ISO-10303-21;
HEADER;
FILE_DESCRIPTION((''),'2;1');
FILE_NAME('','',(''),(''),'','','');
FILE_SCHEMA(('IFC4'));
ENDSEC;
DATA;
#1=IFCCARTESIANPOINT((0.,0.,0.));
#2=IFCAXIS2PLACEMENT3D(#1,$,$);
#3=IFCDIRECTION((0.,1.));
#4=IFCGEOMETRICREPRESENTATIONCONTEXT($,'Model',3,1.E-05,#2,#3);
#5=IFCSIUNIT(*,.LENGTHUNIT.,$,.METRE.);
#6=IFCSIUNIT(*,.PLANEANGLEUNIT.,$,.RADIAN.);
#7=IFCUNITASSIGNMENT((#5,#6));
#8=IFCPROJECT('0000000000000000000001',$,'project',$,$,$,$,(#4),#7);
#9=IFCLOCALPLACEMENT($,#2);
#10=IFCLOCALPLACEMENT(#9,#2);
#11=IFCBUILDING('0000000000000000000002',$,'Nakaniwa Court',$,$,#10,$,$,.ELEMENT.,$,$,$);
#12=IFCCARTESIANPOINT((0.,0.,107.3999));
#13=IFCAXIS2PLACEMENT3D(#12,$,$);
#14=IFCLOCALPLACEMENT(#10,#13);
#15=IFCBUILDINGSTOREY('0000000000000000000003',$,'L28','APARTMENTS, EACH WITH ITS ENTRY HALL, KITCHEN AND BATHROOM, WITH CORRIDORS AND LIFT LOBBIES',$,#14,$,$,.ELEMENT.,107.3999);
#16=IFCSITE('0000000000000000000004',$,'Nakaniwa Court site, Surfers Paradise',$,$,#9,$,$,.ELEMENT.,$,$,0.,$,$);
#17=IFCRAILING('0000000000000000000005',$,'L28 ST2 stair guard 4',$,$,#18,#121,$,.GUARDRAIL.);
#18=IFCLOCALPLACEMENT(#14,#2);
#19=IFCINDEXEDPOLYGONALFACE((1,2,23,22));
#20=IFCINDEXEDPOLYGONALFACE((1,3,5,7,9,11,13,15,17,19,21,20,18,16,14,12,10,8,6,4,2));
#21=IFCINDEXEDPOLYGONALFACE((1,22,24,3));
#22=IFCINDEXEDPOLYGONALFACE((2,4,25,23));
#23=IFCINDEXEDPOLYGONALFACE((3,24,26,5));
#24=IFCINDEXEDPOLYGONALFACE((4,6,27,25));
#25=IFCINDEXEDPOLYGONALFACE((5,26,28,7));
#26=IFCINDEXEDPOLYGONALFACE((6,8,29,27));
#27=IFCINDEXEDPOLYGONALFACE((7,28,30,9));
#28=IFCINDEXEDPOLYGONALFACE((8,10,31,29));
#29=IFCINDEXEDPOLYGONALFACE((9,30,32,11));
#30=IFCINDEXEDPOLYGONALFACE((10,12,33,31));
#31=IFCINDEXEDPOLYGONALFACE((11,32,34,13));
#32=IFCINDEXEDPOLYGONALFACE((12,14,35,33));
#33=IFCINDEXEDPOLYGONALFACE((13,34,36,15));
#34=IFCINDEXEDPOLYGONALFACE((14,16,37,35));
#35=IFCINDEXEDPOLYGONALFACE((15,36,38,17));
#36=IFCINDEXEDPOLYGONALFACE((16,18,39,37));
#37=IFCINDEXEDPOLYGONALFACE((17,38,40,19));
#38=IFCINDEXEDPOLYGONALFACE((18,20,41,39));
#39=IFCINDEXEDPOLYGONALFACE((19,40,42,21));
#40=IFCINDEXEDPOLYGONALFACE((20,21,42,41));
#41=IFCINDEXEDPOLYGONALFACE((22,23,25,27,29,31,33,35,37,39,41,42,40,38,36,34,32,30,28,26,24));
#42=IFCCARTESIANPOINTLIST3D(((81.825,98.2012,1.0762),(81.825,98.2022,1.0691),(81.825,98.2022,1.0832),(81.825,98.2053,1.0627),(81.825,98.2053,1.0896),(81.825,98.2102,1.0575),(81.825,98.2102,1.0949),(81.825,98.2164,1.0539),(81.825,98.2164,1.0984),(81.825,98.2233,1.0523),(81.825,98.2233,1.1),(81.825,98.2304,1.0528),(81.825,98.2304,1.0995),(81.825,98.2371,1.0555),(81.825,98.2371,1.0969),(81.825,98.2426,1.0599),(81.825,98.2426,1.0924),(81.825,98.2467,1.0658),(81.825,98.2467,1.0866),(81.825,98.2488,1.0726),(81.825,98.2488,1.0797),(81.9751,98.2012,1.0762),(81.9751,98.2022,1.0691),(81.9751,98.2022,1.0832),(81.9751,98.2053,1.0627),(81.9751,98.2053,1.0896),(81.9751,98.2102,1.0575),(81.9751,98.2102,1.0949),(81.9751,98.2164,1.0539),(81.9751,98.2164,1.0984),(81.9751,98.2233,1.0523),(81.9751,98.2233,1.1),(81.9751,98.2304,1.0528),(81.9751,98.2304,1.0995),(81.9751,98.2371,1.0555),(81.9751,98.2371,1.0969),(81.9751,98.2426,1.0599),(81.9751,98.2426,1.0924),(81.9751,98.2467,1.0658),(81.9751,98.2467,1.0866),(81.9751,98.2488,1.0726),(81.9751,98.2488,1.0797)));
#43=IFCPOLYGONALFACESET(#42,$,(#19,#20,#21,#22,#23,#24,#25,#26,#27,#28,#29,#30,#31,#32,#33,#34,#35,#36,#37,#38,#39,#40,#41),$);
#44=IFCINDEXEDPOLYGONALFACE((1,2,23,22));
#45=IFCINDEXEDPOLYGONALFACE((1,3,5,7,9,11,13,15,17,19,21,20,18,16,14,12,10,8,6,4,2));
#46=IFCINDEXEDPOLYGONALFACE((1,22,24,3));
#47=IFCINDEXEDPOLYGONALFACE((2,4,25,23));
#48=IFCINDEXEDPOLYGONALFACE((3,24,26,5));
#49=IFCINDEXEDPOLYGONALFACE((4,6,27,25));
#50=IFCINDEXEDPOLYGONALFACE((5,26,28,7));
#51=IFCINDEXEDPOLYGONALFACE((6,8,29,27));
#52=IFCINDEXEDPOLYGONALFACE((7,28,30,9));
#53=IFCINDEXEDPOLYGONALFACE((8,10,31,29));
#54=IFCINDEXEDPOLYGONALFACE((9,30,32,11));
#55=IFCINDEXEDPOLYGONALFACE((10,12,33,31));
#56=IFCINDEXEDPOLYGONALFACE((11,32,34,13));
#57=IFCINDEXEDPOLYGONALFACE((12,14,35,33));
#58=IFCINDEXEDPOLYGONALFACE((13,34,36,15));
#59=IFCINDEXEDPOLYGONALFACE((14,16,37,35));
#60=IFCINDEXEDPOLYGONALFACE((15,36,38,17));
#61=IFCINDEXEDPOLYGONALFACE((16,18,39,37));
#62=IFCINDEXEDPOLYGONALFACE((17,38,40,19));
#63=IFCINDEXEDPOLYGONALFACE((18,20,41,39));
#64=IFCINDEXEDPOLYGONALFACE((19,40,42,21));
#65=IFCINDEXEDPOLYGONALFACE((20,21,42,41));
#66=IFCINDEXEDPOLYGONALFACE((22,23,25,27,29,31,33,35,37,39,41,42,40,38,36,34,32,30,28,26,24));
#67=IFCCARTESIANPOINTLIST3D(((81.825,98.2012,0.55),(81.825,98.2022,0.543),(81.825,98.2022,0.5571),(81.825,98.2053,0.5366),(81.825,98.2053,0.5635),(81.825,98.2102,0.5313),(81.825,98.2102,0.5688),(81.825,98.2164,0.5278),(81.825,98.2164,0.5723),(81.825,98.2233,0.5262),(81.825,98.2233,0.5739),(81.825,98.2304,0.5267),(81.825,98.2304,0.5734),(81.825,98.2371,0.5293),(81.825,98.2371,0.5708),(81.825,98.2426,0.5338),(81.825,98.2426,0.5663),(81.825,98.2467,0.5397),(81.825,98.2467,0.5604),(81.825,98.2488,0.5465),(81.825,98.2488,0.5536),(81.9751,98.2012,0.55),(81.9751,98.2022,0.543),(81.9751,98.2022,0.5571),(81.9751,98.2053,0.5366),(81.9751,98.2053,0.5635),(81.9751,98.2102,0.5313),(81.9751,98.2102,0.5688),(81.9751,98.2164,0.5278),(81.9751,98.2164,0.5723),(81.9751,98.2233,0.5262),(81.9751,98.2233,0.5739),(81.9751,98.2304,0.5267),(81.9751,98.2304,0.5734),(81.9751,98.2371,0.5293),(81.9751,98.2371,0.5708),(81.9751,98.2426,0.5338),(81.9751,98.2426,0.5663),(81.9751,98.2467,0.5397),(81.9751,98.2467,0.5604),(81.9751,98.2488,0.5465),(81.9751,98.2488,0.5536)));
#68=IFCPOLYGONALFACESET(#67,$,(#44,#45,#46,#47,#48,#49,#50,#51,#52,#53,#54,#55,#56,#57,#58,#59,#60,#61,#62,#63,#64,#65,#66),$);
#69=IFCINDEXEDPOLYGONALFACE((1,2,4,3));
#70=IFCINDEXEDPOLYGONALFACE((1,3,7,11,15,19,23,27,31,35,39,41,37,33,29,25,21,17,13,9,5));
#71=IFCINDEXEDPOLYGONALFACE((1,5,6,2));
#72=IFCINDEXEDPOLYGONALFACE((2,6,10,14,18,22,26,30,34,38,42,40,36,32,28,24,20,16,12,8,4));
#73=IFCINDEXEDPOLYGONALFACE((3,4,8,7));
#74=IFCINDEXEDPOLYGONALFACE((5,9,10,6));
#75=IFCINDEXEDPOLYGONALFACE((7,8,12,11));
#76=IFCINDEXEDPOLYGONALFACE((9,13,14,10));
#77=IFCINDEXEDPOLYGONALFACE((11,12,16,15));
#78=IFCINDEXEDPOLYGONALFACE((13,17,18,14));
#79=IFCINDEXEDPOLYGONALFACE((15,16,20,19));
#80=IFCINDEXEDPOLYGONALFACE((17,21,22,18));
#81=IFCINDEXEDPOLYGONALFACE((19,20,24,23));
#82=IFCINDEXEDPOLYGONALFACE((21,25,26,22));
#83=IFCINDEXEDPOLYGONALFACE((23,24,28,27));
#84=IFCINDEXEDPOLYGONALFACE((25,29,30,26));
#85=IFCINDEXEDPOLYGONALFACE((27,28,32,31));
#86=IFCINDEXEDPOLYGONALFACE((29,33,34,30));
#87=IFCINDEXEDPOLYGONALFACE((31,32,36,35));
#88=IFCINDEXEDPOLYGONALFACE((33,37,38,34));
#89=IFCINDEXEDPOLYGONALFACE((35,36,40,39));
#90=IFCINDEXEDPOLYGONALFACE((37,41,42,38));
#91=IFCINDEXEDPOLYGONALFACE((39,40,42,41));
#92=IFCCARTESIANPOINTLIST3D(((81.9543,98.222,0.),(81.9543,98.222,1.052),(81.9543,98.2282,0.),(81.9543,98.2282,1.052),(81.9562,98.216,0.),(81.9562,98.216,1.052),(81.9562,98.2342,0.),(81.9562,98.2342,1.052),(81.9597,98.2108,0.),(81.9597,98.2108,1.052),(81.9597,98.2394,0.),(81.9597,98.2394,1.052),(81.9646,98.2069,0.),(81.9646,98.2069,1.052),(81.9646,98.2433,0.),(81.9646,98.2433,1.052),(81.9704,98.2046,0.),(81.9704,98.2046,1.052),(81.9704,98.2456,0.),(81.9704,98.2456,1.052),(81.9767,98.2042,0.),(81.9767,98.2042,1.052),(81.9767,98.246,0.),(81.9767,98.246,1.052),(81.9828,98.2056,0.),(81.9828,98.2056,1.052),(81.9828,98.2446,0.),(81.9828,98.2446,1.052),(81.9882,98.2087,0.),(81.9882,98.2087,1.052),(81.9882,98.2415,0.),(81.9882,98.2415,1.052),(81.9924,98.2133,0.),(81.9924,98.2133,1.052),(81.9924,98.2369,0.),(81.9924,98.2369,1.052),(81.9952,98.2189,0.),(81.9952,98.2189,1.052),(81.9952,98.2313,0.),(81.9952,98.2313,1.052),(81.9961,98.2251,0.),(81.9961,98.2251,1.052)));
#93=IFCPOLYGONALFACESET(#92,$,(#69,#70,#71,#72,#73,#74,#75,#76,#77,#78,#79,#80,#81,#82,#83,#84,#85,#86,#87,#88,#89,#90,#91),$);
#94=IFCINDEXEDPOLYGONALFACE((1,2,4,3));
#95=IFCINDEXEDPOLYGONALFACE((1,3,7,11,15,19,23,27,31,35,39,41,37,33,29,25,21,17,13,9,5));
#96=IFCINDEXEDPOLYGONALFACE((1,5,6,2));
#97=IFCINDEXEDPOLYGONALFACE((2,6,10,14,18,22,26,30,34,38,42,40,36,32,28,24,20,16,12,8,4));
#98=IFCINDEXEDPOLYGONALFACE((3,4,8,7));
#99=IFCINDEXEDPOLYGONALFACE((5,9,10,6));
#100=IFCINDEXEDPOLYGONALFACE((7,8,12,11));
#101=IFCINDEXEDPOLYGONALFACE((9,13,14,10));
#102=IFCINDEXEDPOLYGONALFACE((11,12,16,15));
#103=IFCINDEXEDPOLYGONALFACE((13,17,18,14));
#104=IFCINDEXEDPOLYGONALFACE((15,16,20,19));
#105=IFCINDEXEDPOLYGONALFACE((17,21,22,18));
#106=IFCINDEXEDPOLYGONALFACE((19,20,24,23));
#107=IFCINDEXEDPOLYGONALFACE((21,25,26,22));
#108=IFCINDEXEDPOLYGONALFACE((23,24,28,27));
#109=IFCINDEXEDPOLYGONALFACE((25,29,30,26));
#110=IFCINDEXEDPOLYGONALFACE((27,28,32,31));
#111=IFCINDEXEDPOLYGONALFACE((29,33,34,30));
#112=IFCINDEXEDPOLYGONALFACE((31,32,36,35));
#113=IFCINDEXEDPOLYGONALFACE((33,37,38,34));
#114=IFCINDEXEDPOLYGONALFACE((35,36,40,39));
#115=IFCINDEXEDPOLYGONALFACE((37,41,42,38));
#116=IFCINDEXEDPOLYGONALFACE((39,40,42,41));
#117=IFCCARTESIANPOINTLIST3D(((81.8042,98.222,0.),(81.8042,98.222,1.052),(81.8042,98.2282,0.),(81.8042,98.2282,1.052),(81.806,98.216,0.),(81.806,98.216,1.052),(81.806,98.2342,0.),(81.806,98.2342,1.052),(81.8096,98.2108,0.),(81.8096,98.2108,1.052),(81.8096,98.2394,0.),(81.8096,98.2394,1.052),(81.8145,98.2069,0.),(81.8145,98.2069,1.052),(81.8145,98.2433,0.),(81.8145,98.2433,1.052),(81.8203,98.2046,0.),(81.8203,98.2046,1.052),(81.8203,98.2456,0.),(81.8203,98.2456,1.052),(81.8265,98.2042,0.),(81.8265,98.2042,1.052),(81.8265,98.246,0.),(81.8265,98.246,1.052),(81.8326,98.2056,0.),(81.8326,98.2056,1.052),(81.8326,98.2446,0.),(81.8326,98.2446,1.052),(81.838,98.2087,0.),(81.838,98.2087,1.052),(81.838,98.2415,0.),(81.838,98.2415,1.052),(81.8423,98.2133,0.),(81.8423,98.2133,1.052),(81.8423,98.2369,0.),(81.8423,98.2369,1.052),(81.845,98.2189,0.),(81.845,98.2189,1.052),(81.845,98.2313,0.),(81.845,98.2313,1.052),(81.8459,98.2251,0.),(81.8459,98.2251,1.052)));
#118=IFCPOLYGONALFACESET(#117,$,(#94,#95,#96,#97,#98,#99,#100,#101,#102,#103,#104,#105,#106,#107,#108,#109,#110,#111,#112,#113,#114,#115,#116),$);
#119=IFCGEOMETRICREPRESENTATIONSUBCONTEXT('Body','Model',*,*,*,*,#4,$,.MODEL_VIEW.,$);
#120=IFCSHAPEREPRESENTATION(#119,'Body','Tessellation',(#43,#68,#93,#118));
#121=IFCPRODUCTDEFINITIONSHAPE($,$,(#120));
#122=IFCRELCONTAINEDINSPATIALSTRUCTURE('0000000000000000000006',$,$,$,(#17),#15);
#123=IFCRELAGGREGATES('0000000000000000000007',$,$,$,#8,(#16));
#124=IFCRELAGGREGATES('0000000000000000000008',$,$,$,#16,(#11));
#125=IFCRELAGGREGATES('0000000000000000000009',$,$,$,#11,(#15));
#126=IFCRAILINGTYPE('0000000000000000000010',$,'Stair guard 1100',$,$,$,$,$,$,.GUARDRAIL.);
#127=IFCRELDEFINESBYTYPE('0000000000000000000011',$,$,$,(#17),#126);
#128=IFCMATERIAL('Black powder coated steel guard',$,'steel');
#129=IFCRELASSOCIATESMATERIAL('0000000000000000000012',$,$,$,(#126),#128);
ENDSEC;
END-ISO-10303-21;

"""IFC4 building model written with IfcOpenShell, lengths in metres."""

from ifc_helpers import new_model, si_unit, direction, frame, origin, origin_2d, place, context, subcontext, project, spatial, circle, extrude, material, type_object, element, save


model = new_model("IFC4")

# Units and contexts
model_context = context("Model", 3, precision=1e-05, world=origin(), true_north=direction((0.0, 1.0)))
body_context = subcontext(model_context, "Body", "Model", "MODEL_VIEW")
ifc_project = project(units=[si_unit("LENGTHUNIT", "METRE"), si_unit("PLANEANGLEUNIT", "RADIAN")], contexts=[model_context])

# Site, building, storey
site_placement = place(None, origin())
site = spatial("IfcSite", under=ifc_project, at=site_placement, Name="Nakaniwa Court site, Surfers Paradise", CompositionType="ELEMENT", RefElevation=0.0)
building_placement = place(site_placement, origin())
building = spatial("IfcBuilding", under=site, at=building_placement, Name="Nakaniwa Court", CompositionType="ELEMENT")
storey_placement = place(building_placement, frame((0.0, 0.0, 107.3999)))
storey = spatial("IfcBuildingStorey", under=building, at=storey_placement, Name="L28", Description="APARTMENTS, EACH WITH ITS ENTRY HALL, KITCHEN AND BATHROOM, WITH CORRIDORS AND LIFT LOBBIES", CompositionType="ELEMENT", Elevation=107.3999)

# Railing
ifc_material_1 = material(Name="Black powder coated steel guard", Category="steel")
railing_type_1 = type_object("IfcRailingType", Name="Stair guard 1100", PredefinedType="GUARDRAIL", material=ifc_material_1)
railing_1_placement = place(storey_placement, frame((81.9751, 98.2251, 0.0)))
element("IfcRailing", 1, at=railing_1_placement, inside=storey, type_object=railing_type_1, Name="L28 ST2 stair guard 4", PredefinedType="GUARDRAIL", context=body_context, shape_type="SweptSolid", body=[
    extrude(circle(Radius=0.0239, at=origin_2d()), frame((0.0, 0.0, 1.0762), z_axis=(-1.0, 0.0, 0.0), x_axis=(0.0, -1.0, 0.0)), (0.0, 0.0, 1.0), 0.1501),
    extrude(circle(Radius=0.0239, at=origin_2d()), frame((0.0, 0.0, 0.55), z_axis=(-1.0, 0.0, 0.0), x_axis=(0.0, -1.0, 0.0)), (0.0, 0.0, 1.0), 0.1501),
    extrude(circle(Radius=0.021, at=origin_2d()), origin(), (0.0, 0.0, 1.0), 1.052),
    extrude(circle(Radius=0.021, at=origin_2d()), frame((-0.1501, 0.0, 0.0)), (0.0, 0.0, 1.0), 1.052),
])

save(model, "model.ifc")
